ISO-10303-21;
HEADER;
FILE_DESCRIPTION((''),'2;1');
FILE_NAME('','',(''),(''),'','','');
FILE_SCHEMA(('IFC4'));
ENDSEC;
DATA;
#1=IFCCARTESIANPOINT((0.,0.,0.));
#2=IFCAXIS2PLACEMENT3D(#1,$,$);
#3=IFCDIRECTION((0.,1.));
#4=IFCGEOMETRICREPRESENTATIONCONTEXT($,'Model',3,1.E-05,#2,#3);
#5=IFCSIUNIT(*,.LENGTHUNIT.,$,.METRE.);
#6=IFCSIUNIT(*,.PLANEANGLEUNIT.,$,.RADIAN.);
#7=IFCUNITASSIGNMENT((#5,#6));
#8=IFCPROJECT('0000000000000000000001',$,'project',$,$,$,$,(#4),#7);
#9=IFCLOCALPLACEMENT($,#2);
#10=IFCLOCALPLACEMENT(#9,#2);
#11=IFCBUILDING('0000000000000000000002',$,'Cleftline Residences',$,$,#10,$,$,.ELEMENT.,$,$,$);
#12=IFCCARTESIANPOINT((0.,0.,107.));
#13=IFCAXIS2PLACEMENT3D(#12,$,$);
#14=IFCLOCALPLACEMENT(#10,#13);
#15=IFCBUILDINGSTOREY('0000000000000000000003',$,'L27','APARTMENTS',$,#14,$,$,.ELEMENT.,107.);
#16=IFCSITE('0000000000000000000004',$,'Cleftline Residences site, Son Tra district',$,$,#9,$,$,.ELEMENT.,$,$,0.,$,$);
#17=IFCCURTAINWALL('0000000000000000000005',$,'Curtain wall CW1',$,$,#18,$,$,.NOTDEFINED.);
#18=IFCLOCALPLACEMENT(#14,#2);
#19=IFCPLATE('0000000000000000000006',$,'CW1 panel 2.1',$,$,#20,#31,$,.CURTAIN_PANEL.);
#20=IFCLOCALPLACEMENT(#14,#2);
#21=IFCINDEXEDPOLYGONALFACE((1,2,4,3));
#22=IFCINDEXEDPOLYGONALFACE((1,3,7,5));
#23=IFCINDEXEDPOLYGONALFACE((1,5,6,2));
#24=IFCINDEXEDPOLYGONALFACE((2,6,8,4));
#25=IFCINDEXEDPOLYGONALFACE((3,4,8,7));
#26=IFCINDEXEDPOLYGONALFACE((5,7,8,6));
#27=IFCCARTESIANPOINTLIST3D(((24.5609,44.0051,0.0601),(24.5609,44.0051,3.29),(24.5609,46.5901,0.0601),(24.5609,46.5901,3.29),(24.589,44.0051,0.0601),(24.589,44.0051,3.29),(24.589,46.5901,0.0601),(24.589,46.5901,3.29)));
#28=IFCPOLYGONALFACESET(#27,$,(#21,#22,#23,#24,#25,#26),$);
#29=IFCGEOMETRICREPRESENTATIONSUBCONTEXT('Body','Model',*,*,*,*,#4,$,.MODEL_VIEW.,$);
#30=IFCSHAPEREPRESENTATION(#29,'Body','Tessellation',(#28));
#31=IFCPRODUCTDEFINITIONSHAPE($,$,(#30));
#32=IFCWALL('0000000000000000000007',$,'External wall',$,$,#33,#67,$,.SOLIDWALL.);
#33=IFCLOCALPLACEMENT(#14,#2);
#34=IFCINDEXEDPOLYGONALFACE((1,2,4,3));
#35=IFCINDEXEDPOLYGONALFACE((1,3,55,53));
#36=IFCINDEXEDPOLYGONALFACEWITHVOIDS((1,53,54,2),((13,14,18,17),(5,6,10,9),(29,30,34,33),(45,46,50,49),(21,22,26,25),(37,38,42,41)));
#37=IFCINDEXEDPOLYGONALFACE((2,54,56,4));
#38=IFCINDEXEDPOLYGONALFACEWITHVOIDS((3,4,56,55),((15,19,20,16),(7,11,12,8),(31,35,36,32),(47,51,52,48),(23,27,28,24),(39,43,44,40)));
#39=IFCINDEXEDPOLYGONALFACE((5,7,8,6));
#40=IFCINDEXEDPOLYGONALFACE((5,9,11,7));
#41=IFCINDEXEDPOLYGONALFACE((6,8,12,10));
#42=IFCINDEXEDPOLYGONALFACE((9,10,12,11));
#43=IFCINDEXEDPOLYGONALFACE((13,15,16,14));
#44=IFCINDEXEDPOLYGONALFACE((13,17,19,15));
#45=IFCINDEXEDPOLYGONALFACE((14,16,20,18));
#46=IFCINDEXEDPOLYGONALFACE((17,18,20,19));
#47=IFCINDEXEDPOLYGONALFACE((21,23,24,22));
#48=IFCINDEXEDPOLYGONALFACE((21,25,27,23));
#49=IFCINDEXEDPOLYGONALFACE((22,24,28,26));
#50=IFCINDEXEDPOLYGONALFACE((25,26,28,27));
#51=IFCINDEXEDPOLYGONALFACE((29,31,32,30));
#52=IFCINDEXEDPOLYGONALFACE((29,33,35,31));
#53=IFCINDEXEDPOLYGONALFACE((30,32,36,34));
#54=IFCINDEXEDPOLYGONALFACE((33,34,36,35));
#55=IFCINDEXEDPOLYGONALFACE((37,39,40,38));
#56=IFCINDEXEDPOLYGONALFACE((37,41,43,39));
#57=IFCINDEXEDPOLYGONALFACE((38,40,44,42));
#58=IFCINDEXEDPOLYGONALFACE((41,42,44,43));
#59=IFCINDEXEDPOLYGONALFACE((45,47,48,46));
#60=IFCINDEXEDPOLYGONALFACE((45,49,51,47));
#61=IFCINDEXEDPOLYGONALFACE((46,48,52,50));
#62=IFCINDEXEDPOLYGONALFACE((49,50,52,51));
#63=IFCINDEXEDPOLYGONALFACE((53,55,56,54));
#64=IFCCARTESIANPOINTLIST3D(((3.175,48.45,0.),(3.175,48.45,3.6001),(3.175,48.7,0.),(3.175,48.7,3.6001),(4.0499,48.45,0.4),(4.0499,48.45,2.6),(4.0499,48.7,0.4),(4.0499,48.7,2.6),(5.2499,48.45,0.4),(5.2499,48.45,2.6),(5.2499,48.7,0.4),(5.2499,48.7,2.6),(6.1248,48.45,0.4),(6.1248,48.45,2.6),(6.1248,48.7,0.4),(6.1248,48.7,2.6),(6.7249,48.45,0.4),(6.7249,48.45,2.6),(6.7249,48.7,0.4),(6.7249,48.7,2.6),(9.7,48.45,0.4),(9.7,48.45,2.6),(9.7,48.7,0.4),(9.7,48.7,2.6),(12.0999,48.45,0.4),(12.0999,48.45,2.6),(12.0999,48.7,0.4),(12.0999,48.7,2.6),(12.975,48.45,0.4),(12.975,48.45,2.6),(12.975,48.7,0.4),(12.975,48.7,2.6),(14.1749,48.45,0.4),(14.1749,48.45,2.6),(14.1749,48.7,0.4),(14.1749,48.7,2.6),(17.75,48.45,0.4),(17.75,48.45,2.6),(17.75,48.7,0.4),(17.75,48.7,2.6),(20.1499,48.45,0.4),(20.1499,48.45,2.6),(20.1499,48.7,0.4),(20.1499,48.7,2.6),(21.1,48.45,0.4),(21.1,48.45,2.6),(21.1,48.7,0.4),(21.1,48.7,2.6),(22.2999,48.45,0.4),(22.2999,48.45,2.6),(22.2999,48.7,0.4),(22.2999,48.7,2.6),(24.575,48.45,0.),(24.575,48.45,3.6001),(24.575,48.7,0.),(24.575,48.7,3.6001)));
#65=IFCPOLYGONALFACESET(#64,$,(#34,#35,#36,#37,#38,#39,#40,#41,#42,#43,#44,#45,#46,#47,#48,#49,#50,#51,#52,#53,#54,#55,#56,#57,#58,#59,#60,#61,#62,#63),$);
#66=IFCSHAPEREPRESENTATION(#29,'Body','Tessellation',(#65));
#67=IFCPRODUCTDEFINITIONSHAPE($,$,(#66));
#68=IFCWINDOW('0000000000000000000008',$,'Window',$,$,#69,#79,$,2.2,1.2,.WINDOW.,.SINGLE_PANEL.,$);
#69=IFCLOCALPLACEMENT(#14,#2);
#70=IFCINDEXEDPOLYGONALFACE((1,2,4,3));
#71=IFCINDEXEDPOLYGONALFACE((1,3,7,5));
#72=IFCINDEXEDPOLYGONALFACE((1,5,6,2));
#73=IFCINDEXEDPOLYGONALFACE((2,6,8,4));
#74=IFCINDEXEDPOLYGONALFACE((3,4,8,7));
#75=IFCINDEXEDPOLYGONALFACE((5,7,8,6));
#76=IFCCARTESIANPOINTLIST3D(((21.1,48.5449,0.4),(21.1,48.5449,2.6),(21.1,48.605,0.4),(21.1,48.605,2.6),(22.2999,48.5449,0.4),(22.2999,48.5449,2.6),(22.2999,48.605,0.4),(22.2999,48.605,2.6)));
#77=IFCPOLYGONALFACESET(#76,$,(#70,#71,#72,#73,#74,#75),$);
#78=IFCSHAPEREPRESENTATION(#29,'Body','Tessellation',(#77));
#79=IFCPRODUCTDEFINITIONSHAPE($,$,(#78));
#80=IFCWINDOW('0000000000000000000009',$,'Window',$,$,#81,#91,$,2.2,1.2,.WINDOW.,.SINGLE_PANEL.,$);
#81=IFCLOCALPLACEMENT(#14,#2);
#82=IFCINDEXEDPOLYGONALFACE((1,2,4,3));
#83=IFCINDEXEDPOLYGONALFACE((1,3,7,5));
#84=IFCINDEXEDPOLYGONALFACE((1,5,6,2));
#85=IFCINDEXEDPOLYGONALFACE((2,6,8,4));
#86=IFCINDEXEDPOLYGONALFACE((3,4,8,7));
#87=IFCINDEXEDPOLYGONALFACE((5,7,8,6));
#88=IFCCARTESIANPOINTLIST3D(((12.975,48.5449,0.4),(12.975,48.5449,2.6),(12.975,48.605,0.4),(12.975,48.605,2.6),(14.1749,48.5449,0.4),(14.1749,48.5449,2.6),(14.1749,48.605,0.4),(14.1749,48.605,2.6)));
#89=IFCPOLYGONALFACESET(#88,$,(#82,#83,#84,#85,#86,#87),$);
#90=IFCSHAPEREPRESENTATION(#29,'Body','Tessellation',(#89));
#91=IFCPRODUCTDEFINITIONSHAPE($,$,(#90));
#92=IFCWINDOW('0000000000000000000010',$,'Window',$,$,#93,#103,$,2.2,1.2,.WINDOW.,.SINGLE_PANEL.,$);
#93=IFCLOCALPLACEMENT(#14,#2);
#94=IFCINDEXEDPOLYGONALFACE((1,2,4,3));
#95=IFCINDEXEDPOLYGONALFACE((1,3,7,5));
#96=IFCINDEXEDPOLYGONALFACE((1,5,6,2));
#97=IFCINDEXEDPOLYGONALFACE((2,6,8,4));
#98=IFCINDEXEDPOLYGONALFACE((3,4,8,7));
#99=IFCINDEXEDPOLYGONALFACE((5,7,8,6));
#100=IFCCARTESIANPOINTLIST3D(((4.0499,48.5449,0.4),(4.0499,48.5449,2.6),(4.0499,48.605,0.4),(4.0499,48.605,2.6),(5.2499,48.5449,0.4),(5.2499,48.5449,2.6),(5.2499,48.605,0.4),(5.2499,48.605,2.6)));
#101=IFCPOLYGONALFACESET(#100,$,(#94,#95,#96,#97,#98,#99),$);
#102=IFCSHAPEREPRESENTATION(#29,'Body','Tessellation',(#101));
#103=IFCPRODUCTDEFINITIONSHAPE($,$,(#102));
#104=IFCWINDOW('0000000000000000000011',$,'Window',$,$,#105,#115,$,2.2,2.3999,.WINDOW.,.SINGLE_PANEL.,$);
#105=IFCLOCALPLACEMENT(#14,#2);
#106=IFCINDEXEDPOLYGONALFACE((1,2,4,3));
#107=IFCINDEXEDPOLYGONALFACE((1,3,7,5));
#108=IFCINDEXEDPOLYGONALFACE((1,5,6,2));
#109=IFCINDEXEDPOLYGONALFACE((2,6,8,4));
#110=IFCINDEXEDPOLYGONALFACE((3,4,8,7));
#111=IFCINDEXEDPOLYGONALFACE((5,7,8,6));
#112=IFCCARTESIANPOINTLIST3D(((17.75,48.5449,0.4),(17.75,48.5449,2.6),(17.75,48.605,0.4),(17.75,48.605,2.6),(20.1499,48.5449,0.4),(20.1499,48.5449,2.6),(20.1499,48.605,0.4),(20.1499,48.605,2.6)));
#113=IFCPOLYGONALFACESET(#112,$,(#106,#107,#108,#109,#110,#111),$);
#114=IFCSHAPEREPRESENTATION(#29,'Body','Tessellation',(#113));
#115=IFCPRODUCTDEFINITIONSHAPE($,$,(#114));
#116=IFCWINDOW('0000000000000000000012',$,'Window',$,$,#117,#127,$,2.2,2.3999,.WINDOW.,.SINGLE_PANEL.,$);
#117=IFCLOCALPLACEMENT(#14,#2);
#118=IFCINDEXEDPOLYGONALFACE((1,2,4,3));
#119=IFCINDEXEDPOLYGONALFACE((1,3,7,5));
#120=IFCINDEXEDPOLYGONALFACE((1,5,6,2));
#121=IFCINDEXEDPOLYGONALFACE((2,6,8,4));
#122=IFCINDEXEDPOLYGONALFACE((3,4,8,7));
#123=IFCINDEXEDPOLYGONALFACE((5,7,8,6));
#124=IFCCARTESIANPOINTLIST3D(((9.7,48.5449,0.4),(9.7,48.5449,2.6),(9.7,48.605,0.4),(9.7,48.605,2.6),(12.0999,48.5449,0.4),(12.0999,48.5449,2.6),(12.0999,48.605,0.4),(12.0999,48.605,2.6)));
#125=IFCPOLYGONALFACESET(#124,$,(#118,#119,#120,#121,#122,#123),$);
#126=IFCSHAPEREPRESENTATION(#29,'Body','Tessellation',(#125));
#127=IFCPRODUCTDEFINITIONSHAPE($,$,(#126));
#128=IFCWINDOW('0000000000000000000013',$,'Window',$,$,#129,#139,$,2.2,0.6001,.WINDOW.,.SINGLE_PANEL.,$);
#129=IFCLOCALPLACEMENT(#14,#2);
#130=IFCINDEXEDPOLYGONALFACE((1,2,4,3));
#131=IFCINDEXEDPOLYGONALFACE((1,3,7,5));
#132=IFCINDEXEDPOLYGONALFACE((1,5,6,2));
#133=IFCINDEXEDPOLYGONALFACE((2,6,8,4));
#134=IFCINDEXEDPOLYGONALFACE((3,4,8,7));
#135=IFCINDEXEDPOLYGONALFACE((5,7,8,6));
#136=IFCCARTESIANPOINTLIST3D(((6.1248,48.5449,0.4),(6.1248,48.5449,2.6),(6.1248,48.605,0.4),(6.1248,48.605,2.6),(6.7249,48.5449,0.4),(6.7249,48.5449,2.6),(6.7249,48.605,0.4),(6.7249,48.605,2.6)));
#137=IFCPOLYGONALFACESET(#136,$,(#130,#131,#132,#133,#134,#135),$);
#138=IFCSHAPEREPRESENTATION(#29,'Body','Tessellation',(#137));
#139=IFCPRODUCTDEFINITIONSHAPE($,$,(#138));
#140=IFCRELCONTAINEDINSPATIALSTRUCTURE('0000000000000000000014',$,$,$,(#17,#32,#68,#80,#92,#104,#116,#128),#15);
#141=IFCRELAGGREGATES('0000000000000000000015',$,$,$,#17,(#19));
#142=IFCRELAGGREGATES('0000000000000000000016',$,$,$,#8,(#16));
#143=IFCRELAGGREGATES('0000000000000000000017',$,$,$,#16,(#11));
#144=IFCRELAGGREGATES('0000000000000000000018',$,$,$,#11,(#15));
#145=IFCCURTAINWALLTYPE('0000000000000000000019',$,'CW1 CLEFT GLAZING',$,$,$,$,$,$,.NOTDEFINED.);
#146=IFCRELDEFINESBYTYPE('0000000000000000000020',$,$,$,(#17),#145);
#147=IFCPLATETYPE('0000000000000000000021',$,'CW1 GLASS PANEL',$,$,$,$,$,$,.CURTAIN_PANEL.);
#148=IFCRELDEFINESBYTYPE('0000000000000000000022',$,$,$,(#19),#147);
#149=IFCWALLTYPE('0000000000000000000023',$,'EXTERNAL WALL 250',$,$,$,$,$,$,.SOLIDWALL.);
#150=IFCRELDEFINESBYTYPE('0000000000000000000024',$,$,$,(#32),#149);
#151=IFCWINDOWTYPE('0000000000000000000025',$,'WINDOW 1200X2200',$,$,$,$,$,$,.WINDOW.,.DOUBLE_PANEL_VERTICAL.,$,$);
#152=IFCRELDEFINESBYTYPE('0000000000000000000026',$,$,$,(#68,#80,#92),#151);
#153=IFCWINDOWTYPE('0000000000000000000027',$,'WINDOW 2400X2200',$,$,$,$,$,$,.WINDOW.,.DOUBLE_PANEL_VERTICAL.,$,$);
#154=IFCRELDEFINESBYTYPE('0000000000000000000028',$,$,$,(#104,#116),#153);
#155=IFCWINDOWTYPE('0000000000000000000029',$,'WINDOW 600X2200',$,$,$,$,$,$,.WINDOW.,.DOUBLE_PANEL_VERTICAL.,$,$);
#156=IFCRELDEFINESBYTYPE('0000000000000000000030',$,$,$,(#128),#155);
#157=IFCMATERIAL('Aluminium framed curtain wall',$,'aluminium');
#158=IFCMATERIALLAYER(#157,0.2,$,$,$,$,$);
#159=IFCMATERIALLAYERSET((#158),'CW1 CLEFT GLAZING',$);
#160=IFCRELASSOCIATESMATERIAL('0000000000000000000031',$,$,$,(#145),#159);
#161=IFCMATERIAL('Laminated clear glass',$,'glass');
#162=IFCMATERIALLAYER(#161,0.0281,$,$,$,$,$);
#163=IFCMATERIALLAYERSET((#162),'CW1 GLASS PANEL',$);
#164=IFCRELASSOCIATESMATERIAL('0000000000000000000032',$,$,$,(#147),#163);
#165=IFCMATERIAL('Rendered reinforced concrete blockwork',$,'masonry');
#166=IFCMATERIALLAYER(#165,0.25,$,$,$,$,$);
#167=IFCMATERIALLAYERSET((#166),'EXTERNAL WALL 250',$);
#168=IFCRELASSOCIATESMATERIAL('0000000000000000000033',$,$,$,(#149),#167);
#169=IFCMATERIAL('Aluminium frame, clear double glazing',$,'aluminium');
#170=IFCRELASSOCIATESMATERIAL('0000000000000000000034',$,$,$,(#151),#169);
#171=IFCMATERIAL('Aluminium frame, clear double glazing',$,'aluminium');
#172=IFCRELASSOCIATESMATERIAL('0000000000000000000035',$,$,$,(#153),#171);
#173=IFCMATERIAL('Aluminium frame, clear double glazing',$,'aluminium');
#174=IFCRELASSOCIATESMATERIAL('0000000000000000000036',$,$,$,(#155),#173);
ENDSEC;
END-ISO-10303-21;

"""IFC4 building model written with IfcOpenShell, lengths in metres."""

from ifc_helpers import new_model, si_unit, direction, frame, frame_2d, origin, origin_2d, place, context, subcontext, project, spatial, rectangle, extrude, material, layer, layer_set, type_object, element, fill, aggregate, save


model = new_model("IFC4")

# Units and contexts
model_context = context("Model", 3, precision=1e-05, world=origin(), true_north=direction((0.0, 1.0)))
body_context = subcontext(model_context, "Body", "Model", "MODEL_VIEW")
ifc_project = project(units=[si_unit("LENGTHUNIT", "METRE"), si_unit("PLANEANGLEUNIT", "RADIAN")], contexts=[model_context])

# Site, building, storey
site_placement = place(None, origin())
site = spatial("IfcSite", under=ifc_project, at=site_placement, Name="Cleftline Residences site, Son Tra district", CompositionType="ELEMENT", RefElevation=0.0)
building_placement = place(site_placement, origin())
building = spatial("IfcBuilding", under=site, at=building_placement, Name="Cleftline Residences", CompositionType="ELEMENT")
storey_placement = place(building_placement, frame((0.0, 0.0, 107.0)))
storey = spatial("IfcBuildingStorey", under=building, at=storey_placement, Name="L27", Description="APARTMENTS", CompositionType="ELEMENT", Elevation=107.0)

# Curtain wall, plate
ifc_material_1 = material(Name="Aluminium framed curtain wall", Category="aluminium")
ifc_layer_1 = layer(ifc_material_1, 0.2)
ifc_layer_set_1 = layer_set([ifc_layer_1], Name="CW1 CLEFT GLAZING")
curtain_wall_type = type_object("IfcCurtainWallType", Name="CW1 CLEFT GLAZING", PredefinedType="NOTDEFINED", material=ifc_layer_set_1)
curtain_wall_placement = place(storey_placement, origin())
curtain_wall = element("IfcCurtainWall", 1, at=curtain_wall_placement, inside=storey, type_object=curtain_wall_type, Name="Curtain wall CW1", PredefinedType="NOTDEFINED")
ifc_material_2 = material(Name="Laminated clear glass", Category="glass")
ifc_layer_2 = layer(ifc_material_2, 0.0281)
ifc_layer_set_2 = layer_set([ifc_layer_2], Name="CW1 GLASS PANEL")
plate_type = type_object("IfcPlateType", Name="CW1 GLASS PANEL", PredefinedType="CURTAIN_PANEL", material=ifc_layer_set_2)
plate_1_placement = place(storey_placement, frame((24.575, 45.2976, 0.0601), z_axis=(0.0, 0.0, 1.0), x_axis=(0.0, 1.0, 0.0)))
plate_1 = element("IfcPlate", 2, at=plate_1_placement, type_object=plate_type, Name="CW1 panel 2.1", PredefinedType="CURTAIN_PANEL", context=body_context, shape_type="SweptSolid", body=[
    extrude(rectangle(XDim=2.585, YDim=0.0281, at=origin_2d()), origin(), (0.0, 0.0, 1.0), 3.23),
])
aggregate(curtain_wall, [plate_1])

# Wall, openings, windows
ifc_material_3 = material(Name="Rendered reinforced concrete blockwork", Category="masonry")
ifc_layer_3 = layer(ifc_material_3, 0.25)
ifc_layer_set_3 = layer_set([ifc_layer_3], Name="EXTERNAL WALL 250")
wall_type = type_object("IfcWallType", Name="EXTERNAL WALL 250", PredefinedType="SOLIDWALL", material=ifc_layer_set_3)
wall_placement = place(storey_placement, frame((24.575, 48.575, 0.0), z_axis=(0.0, 0.0, 1.0), x_axis=(-1.0, 0.0, 0.0)))
wall = element("IfcWall", 3, at=wall_placement, inside=storey, type_object=wall_type, Name="External wall", PredefinedType="SOLIDWALL", context=body_context, shape_type="SweptSolid", body=[
    extrude(rectangle(XDim=21.3999, YDim=0.25, at=frame_2d((10.7, 0.0))), origin(), (0.0, 0.0, 1.0), 3.6001),
])
opening_1_placement = place(wall_placement, frame((2.2749, 0.0, 0.3999)))
opening_1 = element("IfcOpeningElement", 4, at=opening_1_placement, cuts=wall, PredefinedType="OPENING", context=body_context, shape_type="SweptSolid", body=[
    extrude(rectangle(XDim=1.2, YDim=2.2, at=frame_2d((0.6001, 1.1001))), frame((0.0, 0.135, 0.0), z_axis=(0.0, -1.0, 0.0), x_axis=(1.0, 0.0, 0.0)), (0.0, 0.0, 1.0), 0.27),
])
opening_2_placement = place(wall_placement, frame((4.425, 0.0, 0.3999)))
opening_2 = element("IfcOpeningElement", 5, at=opening_2_placement, cuts=wall, PredefinedType="OPENING", context=body_context, shape_type="SweptSolid", body=[
    extrude(rectangle(XDim=2.3999, YDim=2.2, at=frame_2d((1.2, 1.1001))), frame((0.0, 0.135, 0.0), z_axis=(0.0, -1.0, 0.0), x_axis=(1.0, 0.0, 0.0)), (0.0, 0.0, 1.0), 0.27),
])
opening_3_placement = place(wall_placement, frame((10.3999, 0.0, 0.3999)))
opening_3 = element("IfcOpeningElement", 6, at=opening_3_placement, cuts=wall, PredefinedType="OPENING", context=body_context, shape_type="SweptSolid", body=[
    extrude(rectangle(XDim=1.2, YDim=2.2, at=frame_2d((0.6001, 1.1001))), frame((0.0, 0.135, 0.0), z_axis=(0.0, -1.0, 0.0), x_axis=(1.0, 0.0, 0.0)), (0.0, 0.0, 1.0), 0.27),
])
opening_4_placement = place(wall_placement, frame((12.4751, 0.0, 0.3999)))
opening_4 = element("IfcOpeningElement", 7, at=opening_4_placement, cuts=wall, PredefinedType="OPENING", context=body_context, shape_type="SweptSolid", body=[
    extrude(rectangle(XDim=2.3999, YDim=2.2, at=frame_2d((1.2, 1.1001))), frame((0.0, 0.135, 0.0), z_axis=(0.0, -1.0, 0.0), x_axis=(1.0, 0.0, 0.0)), (0.0, 0.0, 1.0), 0.27),
])
opening_5_placement = place(wall_placement, frame((17.8501, 0.0, 0.3999)))
opening_5 = element("IfcOpeningElement", 8, at=opening_5_placement, cuts=wall, PredefinedType="OPENING", context=body_context, shape_type="SweptSolid", body=[
    extrude(rectangle(XDim=0.6001, YDim=2.2, at=frame_2d((0.3, 1.1001))), frame((0.0, 0.135, 0.0), z_axis=(0.0, -1.0, 0.0), x_axis=(1.0, 0.0, 0.0)), (0.0, 0.0, 1.0), 0.27),
])
opening_6_placement = place(wall_placement, frame((19.325, 0.0, 0.3999)))
opening_6 = element("IfcOpeningElement", 9, at=opening_6_placement, cuts=wall, PredefinedType="OPENING", context=body_context, shape_type="SweptSolid", body=[
    extrude(rectangle(XDim=1.2, YDim=2.2, at=frame_2d((0.6001, 1.1001))), frame((0.0, 0.135, 0.0), z_axis=(0.0, -1.0, 0.0), x_axis=(1.0, 0.0, 0.0)), (0.0, 0.0, 1.0), 0.27),
])
ifc_material_4 = material(Name="Aluminium frame, clear double glazing", Category="aluminium")
window_type_1 = type_object("IfcWindowType", Name="WINDOW 1200X2200", PartitioningType="DOUBLE_PANEL_VERTICAL", PredefinedType="WINDOW", material=ifc_material_4)
window_1_placement = place(opening_1_placement, origin())
window_1 = element("IfcWindow", 10, at=window_1_placement, inside=storey, type_object=window_type_1, Name="Window", OverallHeight=2.2, OverallWidth=1.2, PartitioningType="SINGLE_PANEL", PredefinedType="WINDOW", context=body_context, shape_type="SweptSolid", body=[
    extrude(rectangle(XDim=1.2, YDim=2.2, at=frame_2d((0.6001, 1.1001))), frame((0.0, 0.03, 0.0), z_axis=(0.0, -1.0, 0.0), x_axis=(1.0, 0.0, 0.0)), (0.0, 0.0, 1.0), 0.0601),
])
fill(opening_1, window_1)
window_2_placement = place(opening_3_placement, origin())
window_2 = element("IfcWindow", 11, at=window_2_placement, inside=storey, type_object=window_type_1, Name="Window", OverallHeight=2.2, OverallWidth=1.2, PartitioningType="SINGLE_PANEL", PredefinedType="WINDOW", context=body_context, shape_type="SweptSolid", body=[
    extrude(rectangle(XDim=1.2, YDim=2.2, at=frame_2d((0.6001, 1.1001))), frame((0.0, 0.03, 0.0), z_axis=(0.0, -1.0, 0.0), x_axis=(1.0, 0.0, 0.0)), (0.0, 0.0, 1.0), 0.0601),
])
fill(opening_3, window_2)
window_3_placement = place(opening_6_placement, origin())
window_3 = element("IfcWindow", 12, at=window_3_placement, inside=storey, type_object=window_type_1, Name="Window", OverallHeight=2.2, OverallWidth=1.2, PartitioningType="SINGLE_PANEL", PredefinedType="WINDOW", context=body_context, shape_type="SweptSolid", body=[
    extrude(rectangle(XDim=1.2, YDim=2.2, at=frame_2d((0.6001, 1.1001))), frame((0.0, 0.03, 0.0), z_axis=(0.0, -1.0, 0.0), x_axis=(1.0, 0.0, 0.0)), (0.0, 0.0, 1.0), 0.0601),
])
fill(opening_6, window_3)
ifc_material_5 = material(Name="Aluminium frame, clear double glazing", Category="aluminium")
window_type_2 = type_object("IfcWindowType", Name="WINDOW 2400X2200", PartitioningType="DOUBLE_PANEL_VERTICAL", PredefinedType="WINDOW", material=ifc_material_5)
window_4_placement = place(opening_2_placement, origin())
window_4 = element("IfcWindow", 13, at=window_4_placement, inside=storey, type_object=window_type_2, Name="Window", OverallHeight=2.2, OverallWidth=2.3999, PartitioningType="SINGLE_PANEL", PredefinedType="WINDOW", context=body_context, shape_type="SweptSolid", body=[
    extrude(rectangle(XDim=2.3999, YDim=2.2, at=frame_2d((1.2, 1.1001))), frame((0.0, 0.03, 0.0), z_axis=(0.0, -1.0, 0.0), x_axis=(1.0, 0.0, 0.0)), (0.0, 0.0, 1.0), 0.0601),
])
fill(opening_2, window_4)
window_5_placement = place(opening_4_placement, origin())
window_5 = element("IfcWindow", 14, at=window_5_placement, inside=storey, type_object=window_type_2, Name="Window", OverallHeight=2.2, OverallWidth=2.3999, PartitioningType="SINGLE_PANEL", PredefinedType="WINDOW", context=body_context, shape_type="SweptSolid", body=[
    extrude(rectangle(XDim=2.3999, YDim=2.2, at=frame_2d((1.2, 1.1001))), frame((0.0, 0.03, 0.0), z_axis=(0.0, -1.0, 0.0), x_axis=(1.0, 0.0, 0.0)), (0.0, 0.0, 1.0), 0.0601),
])
fill(opening_4, window_5)
ifc_material_6 = material(Name="Aluminium frame, clear double glazing", Category="aluminium")
window_type_3 = type_object("IfcWindowType", Name="WINDOW 600X2200", PartitioningType="DOUBLE_PANEL_VERTICAL", PredefinedType="WINDOW", material=ifc_material_6)
window_6_placement = place(opening_5_placement, origin())
window_6 = element("IfcWindow", 15, at=window_6_placement, inside=storey, type_object=window_type_3, Name="Window", OverallHeight=2.2, OverallWidth=0.6001, PartitioningType="SINGLE_PANEL", PredefinedType="WINDOW", context=body_context, shape_type="SweptSolid", body=[
    extrude(rectangle(XDim=0.6001, YDim=2.2, at=frame_2d((0.3, 1.1001))), frame((0.0, 0.03, 0.0), z_axis=(0.0, -1.0, 0.0), x_axis=(1.0, 0.0, 0.0)), (0.0, 0.0, 1.0), 0.0601),
])
fill(opening_5, window_6)

save(model, "model.ifc")
